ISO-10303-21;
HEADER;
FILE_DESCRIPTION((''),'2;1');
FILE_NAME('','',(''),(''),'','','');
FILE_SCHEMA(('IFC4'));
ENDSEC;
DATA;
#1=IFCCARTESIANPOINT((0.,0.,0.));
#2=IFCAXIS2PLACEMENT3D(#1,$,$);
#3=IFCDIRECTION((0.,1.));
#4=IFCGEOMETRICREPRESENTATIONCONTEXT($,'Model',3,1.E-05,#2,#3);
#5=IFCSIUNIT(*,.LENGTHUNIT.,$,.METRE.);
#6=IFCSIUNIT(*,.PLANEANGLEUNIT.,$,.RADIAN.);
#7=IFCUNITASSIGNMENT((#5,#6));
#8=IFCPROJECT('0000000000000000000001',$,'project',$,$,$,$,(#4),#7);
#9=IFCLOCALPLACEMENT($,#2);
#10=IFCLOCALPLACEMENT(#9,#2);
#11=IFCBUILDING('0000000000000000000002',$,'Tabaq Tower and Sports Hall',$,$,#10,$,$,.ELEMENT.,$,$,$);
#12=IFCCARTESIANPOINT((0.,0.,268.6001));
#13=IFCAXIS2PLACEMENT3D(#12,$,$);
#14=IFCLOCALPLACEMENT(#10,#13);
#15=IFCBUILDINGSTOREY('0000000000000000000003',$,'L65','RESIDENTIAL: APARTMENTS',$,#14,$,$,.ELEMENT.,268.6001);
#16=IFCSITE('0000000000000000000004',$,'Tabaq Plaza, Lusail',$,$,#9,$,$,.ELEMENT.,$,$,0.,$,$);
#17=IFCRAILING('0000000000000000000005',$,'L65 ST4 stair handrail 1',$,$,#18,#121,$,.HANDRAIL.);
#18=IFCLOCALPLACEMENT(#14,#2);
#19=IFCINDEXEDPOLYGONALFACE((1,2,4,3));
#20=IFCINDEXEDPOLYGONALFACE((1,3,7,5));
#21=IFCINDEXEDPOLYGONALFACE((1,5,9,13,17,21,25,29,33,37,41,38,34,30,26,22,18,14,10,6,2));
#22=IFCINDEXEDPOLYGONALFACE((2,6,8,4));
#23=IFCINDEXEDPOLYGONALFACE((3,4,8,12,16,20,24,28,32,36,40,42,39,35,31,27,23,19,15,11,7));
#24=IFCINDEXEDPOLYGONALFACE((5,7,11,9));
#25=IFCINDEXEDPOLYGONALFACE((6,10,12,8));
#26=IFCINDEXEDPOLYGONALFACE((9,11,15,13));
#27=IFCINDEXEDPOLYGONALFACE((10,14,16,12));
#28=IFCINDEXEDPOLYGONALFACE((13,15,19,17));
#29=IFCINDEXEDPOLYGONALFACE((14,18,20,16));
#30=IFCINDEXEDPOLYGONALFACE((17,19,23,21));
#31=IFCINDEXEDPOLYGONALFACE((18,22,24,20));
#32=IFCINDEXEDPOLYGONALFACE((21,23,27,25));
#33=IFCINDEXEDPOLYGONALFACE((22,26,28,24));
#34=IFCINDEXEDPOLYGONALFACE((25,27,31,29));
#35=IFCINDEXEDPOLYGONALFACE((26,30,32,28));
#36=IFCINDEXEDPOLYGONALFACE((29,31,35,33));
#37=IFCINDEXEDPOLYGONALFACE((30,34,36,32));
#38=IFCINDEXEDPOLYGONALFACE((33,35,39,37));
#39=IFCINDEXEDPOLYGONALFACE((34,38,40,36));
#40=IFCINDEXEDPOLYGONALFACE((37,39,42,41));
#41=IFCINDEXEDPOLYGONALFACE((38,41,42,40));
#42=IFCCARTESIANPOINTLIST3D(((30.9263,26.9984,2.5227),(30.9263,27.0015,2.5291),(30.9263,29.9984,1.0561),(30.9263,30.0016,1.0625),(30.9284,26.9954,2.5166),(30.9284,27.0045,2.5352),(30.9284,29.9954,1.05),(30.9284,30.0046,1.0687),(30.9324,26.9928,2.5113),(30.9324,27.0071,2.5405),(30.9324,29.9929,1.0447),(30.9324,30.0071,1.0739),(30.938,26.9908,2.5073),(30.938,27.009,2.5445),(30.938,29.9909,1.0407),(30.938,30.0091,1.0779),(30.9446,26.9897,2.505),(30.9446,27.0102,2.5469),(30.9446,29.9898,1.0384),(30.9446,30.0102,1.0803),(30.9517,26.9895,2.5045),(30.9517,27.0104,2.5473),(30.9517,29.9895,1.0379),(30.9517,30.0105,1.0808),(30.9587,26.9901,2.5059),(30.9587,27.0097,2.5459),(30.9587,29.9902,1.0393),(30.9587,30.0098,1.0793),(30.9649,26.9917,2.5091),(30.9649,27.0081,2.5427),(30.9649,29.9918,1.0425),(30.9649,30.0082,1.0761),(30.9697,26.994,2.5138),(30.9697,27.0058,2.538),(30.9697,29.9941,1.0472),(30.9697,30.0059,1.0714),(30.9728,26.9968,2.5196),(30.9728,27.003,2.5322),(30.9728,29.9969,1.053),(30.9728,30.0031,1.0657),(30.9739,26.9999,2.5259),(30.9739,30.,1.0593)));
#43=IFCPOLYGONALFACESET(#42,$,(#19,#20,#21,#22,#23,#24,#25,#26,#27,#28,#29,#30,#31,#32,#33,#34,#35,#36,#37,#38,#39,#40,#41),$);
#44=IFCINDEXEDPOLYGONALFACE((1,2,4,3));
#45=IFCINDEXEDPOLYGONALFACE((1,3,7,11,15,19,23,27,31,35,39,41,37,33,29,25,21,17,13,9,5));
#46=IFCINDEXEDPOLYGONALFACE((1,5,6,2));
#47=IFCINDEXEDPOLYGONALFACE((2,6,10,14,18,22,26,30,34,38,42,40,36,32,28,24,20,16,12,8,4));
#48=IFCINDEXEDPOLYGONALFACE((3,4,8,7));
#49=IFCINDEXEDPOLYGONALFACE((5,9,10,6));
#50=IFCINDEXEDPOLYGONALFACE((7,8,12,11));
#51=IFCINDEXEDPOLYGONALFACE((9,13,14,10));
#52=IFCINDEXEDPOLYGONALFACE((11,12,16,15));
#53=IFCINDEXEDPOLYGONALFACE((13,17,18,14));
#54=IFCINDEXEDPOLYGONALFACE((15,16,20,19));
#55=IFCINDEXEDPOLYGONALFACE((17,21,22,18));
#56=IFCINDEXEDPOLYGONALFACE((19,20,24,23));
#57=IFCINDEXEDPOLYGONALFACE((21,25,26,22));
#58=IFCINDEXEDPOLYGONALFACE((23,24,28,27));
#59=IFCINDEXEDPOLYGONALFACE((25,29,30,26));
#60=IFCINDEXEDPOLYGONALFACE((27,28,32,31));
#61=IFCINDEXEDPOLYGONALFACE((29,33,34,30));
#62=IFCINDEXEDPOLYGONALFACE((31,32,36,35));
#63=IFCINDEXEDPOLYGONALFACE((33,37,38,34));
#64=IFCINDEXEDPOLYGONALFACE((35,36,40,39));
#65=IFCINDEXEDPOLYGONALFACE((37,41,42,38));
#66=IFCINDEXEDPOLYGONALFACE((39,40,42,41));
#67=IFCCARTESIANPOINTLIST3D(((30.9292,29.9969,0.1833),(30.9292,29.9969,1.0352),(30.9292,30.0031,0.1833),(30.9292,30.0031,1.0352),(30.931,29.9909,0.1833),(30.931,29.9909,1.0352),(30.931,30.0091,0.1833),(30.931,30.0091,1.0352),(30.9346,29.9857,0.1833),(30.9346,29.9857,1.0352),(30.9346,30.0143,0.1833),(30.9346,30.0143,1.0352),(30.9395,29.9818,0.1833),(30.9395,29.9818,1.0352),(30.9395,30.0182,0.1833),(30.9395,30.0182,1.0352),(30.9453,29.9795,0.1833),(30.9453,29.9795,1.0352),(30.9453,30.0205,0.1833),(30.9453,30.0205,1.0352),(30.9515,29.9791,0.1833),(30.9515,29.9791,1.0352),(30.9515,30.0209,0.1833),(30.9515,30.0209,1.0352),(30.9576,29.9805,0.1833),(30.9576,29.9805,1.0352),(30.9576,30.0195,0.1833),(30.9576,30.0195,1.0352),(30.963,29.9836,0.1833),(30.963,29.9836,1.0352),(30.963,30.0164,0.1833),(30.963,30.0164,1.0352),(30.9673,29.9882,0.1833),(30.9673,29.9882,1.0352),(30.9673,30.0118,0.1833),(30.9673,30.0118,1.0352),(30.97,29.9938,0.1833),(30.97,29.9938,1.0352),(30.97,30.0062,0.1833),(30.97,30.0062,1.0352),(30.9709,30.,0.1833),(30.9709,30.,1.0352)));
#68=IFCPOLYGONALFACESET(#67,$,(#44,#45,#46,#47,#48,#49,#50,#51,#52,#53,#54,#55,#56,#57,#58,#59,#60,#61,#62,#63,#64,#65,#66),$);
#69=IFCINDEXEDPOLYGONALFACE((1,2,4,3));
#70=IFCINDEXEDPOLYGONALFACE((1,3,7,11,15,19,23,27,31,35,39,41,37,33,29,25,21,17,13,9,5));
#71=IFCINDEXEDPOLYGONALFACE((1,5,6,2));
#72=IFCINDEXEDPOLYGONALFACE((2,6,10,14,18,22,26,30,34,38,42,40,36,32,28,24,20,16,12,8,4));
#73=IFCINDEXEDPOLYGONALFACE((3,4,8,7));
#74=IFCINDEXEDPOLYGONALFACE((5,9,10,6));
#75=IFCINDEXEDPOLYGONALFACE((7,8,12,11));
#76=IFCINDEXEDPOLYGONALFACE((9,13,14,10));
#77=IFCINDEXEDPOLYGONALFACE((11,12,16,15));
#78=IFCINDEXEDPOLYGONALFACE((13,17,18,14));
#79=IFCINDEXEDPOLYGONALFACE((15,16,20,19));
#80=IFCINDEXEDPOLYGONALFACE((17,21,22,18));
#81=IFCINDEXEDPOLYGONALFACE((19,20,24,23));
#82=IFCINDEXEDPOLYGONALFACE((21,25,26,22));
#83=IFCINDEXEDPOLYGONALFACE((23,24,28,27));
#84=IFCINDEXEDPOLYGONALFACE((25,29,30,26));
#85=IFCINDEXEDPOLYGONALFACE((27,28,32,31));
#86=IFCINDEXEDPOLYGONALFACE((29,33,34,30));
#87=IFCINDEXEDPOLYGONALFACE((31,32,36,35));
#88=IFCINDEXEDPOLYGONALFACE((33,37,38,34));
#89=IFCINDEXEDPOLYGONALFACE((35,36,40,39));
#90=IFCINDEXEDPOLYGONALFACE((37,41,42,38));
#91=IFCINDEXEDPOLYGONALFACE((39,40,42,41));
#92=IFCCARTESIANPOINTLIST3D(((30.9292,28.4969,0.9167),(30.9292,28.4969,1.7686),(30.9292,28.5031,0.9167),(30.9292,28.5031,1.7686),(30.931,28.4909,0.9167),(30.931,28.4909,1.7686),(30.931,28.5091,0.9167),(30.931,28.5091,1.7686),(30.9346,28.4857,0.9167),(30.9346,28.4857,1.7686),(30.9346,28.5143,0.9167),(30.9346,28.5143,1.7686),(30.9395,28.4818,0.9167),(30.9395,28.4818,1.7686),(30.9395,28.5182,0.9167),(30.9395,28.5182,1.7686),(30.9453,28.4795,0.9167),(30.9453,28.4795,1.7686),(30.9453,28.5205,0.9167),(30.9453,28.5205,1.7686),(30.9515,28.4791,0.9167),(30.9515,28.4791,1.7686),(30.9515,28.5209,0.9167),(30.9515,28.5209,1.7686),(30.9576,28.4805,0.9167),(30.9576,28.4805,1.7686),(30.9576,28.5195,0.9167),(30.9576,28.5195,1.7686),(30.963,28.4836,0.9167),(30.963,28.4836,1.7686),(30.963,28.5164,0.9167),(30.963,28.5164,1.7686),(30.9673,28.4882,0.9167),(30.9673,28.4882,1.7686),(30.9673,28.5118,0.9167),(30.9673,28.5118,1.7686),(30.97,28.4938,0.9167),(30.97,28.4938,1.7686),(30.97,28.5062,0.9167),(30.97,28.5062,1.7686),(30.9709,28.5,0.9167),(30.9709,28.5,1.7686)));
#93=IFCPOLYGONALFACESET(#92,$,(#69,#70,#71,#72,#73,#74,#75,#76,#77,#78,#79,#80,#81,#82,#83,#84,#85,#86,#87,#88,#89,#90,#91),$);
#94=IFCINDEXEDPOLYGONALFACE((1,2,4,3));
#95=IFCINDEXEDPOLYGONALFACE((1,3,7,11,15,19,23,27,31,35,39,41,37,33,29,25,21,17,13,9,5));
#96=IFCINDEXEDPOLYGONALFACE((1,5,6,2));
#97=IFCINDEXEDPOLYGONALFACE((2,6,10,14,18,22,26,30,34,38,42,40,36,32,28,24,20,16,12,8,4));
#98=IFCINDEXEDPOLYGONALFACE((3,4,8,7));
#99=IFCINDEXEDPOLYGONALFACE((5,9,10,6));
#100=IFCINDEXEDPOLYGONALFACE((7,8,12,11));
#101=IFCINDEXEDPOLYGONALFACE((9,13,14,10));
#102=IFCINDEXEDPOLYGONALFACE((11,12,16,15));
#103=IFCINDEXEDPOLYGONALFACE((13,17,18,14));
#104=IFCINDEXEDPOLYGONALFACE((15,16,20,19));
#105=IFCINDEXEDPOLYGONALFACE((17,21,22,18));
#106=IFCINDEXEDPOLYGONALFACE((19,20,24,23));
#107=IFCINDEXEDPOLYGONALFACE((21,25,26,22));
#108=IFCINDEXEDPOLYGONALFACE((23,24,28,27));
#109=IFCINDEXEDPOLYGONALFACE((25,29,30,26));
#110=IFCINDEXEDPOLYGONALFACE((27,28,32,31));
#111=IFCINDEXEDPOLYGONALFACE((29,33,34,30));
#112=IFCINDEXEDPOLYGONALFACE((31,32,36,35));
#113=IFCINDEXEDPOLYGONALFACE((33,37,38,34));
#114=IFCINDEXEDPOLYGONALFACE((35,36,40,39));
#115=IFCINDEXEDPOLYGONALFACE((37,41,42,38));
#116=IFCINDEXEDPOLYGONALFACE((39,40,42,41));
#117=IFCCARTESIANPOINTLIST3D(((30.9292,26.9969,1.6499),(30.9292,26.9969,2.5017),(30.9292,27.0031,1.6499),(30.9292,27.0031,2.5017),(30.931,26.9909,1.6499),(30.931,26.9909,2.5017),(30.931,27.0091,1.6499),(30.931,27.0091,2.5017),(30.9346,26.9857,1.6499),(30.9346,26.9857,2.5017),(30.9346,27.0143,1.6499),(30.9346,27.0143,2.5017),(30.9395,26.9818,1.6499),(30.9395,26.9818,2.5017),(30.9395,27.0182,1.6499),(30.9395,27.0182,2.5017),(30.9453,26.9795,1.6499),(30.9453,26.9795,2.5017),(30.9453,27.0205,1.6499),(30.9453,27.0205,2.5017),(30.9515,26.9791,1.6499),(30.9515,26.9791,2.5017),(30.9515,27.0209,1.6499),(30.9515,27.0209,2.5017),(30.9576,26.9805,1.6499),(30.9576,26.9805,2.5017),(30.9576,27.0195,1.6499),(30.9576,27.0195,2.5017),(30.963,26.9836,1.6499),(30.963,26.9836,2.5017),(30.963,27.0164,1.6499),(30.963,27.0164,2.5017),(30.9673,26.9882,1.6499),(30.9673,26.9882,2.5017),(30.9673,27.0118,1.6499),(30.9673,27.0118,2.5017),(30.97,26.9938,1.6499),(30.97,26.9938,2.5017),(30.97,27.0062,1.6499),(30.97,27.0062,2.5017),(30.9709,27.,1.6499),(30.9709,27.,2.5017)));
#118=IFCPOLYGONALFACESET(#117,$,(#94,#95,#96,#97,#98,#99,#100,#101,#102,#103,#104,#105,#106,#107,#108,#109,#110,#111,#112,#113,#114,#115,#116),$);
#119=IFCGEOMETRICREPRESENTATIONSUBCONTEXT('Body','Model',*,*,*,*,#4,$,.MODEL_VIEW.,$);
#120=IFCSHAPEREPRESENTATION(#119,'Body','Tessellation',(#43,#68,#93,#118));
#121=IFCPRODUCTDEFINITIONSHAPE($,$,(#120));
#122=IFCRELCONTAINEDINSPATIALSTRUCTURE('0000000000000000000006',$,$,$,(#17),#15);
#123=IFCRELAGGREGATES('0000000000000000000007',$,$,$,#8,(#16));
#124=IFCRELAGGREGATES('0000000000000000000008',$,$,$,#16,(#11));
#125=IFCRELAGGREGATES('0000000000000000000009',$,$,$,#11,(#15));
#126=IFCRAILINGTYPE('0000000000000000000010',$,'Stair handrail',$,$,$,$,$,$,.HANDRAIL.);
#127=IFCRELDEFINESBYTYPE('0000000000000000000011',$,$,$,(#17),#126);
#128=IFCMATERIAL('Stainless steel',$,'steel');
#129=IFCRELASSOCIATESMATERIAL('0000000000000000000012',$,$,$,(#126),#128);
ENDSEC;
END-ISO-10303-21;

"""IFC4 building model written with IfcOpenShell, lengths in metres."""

from ifc_helpers import new_model, si_unit, direction, frame, origin, origin_2d, place, context, subcontext, project, spatial, circle, extrude, material, type_object, element, save


model = new_model("IFC4")

# Units and contexts
model_context = context("Model", 3, precision=1e-05, world=origin(), true_north=direction((0.0, 1.0)))
body_context = subcontext(model_context, "Body", "Model", "MODEL_VIEW")
ifc_project = project(units=[si_unit("LENGTHUNIT", "METRE"), si_unit("PLANEANGLEUNIT", "RADIAN")], contexts=[model_context])

# Site, building, storey
site_placement = place(None, origin())
site = spatial("IfcSite", under=ifc_project, at=site_placement, Name="Tabaq Plaza, Lusail", CompositionType="ELEMENT", RefElevation=0.0)
building_placement = place(site_placement, origin())
building = spatial("IfcBuilding", under=site, at=building_placement, Name="Tabaq Tower and Sports Hall", CompositionType="ELEMENT")
storey_placement = place(building_placement, frame((0.0, 0.0, 268.6001)))
storey = spatial("IfcBuildingStorey", under=building, at=storey_placement, Name="L65", Description="RESIDENTIAL: APARTMENTS", CompositionType="ELEMENT", Elevation=268.6001)

# Railing
ifc_material_1 = material(Name="Stainless steel", Category="steel")
railing_type_1 = type_object("IfcRailingType", Name="Stair handrail", PredefinedType="HANDRAIL", material=ifc_material_1)
railing_1_placement = place(storey_placement, frame((30.95, 30.0, 0.1833)))
element("IfcRailing", 1, at=railing_1_placement, inside=storey, type_object=railing_type_1, Name="L65 ST4 stair handrail 1", PredefinedType="HANDRAIL", context=body_context, shape_type="SweptSolid", body=[
    extrude(circle(Radius=0.0239, at=origin_2d()), frame((0.0, 0.0, 0.876), z_axis=(0.0, -0.898398, 0.439183), x_axis=(1.0, 0.0, 0.0)), (0.0, 0.0, 1.0), 3.3394),
    extrude(circle(Radius=0.021, at=origin_2d()), origin(), (0.0, 0.0, 1.0), 0.8518),
    extrude(circle(Radius=0.021, at=origin_2d()), frame((0.0, -1.5, 0.7334)), (0.0, 0.0, 1.0), 0.8518),
    extrude(circle(Radius=0.021, at=origin_2d()), frame((0.0, -3.0, 1.4666)), (0.0, 0.0, 1.0), 0.8518),
])

save(model, "model.ifc")
